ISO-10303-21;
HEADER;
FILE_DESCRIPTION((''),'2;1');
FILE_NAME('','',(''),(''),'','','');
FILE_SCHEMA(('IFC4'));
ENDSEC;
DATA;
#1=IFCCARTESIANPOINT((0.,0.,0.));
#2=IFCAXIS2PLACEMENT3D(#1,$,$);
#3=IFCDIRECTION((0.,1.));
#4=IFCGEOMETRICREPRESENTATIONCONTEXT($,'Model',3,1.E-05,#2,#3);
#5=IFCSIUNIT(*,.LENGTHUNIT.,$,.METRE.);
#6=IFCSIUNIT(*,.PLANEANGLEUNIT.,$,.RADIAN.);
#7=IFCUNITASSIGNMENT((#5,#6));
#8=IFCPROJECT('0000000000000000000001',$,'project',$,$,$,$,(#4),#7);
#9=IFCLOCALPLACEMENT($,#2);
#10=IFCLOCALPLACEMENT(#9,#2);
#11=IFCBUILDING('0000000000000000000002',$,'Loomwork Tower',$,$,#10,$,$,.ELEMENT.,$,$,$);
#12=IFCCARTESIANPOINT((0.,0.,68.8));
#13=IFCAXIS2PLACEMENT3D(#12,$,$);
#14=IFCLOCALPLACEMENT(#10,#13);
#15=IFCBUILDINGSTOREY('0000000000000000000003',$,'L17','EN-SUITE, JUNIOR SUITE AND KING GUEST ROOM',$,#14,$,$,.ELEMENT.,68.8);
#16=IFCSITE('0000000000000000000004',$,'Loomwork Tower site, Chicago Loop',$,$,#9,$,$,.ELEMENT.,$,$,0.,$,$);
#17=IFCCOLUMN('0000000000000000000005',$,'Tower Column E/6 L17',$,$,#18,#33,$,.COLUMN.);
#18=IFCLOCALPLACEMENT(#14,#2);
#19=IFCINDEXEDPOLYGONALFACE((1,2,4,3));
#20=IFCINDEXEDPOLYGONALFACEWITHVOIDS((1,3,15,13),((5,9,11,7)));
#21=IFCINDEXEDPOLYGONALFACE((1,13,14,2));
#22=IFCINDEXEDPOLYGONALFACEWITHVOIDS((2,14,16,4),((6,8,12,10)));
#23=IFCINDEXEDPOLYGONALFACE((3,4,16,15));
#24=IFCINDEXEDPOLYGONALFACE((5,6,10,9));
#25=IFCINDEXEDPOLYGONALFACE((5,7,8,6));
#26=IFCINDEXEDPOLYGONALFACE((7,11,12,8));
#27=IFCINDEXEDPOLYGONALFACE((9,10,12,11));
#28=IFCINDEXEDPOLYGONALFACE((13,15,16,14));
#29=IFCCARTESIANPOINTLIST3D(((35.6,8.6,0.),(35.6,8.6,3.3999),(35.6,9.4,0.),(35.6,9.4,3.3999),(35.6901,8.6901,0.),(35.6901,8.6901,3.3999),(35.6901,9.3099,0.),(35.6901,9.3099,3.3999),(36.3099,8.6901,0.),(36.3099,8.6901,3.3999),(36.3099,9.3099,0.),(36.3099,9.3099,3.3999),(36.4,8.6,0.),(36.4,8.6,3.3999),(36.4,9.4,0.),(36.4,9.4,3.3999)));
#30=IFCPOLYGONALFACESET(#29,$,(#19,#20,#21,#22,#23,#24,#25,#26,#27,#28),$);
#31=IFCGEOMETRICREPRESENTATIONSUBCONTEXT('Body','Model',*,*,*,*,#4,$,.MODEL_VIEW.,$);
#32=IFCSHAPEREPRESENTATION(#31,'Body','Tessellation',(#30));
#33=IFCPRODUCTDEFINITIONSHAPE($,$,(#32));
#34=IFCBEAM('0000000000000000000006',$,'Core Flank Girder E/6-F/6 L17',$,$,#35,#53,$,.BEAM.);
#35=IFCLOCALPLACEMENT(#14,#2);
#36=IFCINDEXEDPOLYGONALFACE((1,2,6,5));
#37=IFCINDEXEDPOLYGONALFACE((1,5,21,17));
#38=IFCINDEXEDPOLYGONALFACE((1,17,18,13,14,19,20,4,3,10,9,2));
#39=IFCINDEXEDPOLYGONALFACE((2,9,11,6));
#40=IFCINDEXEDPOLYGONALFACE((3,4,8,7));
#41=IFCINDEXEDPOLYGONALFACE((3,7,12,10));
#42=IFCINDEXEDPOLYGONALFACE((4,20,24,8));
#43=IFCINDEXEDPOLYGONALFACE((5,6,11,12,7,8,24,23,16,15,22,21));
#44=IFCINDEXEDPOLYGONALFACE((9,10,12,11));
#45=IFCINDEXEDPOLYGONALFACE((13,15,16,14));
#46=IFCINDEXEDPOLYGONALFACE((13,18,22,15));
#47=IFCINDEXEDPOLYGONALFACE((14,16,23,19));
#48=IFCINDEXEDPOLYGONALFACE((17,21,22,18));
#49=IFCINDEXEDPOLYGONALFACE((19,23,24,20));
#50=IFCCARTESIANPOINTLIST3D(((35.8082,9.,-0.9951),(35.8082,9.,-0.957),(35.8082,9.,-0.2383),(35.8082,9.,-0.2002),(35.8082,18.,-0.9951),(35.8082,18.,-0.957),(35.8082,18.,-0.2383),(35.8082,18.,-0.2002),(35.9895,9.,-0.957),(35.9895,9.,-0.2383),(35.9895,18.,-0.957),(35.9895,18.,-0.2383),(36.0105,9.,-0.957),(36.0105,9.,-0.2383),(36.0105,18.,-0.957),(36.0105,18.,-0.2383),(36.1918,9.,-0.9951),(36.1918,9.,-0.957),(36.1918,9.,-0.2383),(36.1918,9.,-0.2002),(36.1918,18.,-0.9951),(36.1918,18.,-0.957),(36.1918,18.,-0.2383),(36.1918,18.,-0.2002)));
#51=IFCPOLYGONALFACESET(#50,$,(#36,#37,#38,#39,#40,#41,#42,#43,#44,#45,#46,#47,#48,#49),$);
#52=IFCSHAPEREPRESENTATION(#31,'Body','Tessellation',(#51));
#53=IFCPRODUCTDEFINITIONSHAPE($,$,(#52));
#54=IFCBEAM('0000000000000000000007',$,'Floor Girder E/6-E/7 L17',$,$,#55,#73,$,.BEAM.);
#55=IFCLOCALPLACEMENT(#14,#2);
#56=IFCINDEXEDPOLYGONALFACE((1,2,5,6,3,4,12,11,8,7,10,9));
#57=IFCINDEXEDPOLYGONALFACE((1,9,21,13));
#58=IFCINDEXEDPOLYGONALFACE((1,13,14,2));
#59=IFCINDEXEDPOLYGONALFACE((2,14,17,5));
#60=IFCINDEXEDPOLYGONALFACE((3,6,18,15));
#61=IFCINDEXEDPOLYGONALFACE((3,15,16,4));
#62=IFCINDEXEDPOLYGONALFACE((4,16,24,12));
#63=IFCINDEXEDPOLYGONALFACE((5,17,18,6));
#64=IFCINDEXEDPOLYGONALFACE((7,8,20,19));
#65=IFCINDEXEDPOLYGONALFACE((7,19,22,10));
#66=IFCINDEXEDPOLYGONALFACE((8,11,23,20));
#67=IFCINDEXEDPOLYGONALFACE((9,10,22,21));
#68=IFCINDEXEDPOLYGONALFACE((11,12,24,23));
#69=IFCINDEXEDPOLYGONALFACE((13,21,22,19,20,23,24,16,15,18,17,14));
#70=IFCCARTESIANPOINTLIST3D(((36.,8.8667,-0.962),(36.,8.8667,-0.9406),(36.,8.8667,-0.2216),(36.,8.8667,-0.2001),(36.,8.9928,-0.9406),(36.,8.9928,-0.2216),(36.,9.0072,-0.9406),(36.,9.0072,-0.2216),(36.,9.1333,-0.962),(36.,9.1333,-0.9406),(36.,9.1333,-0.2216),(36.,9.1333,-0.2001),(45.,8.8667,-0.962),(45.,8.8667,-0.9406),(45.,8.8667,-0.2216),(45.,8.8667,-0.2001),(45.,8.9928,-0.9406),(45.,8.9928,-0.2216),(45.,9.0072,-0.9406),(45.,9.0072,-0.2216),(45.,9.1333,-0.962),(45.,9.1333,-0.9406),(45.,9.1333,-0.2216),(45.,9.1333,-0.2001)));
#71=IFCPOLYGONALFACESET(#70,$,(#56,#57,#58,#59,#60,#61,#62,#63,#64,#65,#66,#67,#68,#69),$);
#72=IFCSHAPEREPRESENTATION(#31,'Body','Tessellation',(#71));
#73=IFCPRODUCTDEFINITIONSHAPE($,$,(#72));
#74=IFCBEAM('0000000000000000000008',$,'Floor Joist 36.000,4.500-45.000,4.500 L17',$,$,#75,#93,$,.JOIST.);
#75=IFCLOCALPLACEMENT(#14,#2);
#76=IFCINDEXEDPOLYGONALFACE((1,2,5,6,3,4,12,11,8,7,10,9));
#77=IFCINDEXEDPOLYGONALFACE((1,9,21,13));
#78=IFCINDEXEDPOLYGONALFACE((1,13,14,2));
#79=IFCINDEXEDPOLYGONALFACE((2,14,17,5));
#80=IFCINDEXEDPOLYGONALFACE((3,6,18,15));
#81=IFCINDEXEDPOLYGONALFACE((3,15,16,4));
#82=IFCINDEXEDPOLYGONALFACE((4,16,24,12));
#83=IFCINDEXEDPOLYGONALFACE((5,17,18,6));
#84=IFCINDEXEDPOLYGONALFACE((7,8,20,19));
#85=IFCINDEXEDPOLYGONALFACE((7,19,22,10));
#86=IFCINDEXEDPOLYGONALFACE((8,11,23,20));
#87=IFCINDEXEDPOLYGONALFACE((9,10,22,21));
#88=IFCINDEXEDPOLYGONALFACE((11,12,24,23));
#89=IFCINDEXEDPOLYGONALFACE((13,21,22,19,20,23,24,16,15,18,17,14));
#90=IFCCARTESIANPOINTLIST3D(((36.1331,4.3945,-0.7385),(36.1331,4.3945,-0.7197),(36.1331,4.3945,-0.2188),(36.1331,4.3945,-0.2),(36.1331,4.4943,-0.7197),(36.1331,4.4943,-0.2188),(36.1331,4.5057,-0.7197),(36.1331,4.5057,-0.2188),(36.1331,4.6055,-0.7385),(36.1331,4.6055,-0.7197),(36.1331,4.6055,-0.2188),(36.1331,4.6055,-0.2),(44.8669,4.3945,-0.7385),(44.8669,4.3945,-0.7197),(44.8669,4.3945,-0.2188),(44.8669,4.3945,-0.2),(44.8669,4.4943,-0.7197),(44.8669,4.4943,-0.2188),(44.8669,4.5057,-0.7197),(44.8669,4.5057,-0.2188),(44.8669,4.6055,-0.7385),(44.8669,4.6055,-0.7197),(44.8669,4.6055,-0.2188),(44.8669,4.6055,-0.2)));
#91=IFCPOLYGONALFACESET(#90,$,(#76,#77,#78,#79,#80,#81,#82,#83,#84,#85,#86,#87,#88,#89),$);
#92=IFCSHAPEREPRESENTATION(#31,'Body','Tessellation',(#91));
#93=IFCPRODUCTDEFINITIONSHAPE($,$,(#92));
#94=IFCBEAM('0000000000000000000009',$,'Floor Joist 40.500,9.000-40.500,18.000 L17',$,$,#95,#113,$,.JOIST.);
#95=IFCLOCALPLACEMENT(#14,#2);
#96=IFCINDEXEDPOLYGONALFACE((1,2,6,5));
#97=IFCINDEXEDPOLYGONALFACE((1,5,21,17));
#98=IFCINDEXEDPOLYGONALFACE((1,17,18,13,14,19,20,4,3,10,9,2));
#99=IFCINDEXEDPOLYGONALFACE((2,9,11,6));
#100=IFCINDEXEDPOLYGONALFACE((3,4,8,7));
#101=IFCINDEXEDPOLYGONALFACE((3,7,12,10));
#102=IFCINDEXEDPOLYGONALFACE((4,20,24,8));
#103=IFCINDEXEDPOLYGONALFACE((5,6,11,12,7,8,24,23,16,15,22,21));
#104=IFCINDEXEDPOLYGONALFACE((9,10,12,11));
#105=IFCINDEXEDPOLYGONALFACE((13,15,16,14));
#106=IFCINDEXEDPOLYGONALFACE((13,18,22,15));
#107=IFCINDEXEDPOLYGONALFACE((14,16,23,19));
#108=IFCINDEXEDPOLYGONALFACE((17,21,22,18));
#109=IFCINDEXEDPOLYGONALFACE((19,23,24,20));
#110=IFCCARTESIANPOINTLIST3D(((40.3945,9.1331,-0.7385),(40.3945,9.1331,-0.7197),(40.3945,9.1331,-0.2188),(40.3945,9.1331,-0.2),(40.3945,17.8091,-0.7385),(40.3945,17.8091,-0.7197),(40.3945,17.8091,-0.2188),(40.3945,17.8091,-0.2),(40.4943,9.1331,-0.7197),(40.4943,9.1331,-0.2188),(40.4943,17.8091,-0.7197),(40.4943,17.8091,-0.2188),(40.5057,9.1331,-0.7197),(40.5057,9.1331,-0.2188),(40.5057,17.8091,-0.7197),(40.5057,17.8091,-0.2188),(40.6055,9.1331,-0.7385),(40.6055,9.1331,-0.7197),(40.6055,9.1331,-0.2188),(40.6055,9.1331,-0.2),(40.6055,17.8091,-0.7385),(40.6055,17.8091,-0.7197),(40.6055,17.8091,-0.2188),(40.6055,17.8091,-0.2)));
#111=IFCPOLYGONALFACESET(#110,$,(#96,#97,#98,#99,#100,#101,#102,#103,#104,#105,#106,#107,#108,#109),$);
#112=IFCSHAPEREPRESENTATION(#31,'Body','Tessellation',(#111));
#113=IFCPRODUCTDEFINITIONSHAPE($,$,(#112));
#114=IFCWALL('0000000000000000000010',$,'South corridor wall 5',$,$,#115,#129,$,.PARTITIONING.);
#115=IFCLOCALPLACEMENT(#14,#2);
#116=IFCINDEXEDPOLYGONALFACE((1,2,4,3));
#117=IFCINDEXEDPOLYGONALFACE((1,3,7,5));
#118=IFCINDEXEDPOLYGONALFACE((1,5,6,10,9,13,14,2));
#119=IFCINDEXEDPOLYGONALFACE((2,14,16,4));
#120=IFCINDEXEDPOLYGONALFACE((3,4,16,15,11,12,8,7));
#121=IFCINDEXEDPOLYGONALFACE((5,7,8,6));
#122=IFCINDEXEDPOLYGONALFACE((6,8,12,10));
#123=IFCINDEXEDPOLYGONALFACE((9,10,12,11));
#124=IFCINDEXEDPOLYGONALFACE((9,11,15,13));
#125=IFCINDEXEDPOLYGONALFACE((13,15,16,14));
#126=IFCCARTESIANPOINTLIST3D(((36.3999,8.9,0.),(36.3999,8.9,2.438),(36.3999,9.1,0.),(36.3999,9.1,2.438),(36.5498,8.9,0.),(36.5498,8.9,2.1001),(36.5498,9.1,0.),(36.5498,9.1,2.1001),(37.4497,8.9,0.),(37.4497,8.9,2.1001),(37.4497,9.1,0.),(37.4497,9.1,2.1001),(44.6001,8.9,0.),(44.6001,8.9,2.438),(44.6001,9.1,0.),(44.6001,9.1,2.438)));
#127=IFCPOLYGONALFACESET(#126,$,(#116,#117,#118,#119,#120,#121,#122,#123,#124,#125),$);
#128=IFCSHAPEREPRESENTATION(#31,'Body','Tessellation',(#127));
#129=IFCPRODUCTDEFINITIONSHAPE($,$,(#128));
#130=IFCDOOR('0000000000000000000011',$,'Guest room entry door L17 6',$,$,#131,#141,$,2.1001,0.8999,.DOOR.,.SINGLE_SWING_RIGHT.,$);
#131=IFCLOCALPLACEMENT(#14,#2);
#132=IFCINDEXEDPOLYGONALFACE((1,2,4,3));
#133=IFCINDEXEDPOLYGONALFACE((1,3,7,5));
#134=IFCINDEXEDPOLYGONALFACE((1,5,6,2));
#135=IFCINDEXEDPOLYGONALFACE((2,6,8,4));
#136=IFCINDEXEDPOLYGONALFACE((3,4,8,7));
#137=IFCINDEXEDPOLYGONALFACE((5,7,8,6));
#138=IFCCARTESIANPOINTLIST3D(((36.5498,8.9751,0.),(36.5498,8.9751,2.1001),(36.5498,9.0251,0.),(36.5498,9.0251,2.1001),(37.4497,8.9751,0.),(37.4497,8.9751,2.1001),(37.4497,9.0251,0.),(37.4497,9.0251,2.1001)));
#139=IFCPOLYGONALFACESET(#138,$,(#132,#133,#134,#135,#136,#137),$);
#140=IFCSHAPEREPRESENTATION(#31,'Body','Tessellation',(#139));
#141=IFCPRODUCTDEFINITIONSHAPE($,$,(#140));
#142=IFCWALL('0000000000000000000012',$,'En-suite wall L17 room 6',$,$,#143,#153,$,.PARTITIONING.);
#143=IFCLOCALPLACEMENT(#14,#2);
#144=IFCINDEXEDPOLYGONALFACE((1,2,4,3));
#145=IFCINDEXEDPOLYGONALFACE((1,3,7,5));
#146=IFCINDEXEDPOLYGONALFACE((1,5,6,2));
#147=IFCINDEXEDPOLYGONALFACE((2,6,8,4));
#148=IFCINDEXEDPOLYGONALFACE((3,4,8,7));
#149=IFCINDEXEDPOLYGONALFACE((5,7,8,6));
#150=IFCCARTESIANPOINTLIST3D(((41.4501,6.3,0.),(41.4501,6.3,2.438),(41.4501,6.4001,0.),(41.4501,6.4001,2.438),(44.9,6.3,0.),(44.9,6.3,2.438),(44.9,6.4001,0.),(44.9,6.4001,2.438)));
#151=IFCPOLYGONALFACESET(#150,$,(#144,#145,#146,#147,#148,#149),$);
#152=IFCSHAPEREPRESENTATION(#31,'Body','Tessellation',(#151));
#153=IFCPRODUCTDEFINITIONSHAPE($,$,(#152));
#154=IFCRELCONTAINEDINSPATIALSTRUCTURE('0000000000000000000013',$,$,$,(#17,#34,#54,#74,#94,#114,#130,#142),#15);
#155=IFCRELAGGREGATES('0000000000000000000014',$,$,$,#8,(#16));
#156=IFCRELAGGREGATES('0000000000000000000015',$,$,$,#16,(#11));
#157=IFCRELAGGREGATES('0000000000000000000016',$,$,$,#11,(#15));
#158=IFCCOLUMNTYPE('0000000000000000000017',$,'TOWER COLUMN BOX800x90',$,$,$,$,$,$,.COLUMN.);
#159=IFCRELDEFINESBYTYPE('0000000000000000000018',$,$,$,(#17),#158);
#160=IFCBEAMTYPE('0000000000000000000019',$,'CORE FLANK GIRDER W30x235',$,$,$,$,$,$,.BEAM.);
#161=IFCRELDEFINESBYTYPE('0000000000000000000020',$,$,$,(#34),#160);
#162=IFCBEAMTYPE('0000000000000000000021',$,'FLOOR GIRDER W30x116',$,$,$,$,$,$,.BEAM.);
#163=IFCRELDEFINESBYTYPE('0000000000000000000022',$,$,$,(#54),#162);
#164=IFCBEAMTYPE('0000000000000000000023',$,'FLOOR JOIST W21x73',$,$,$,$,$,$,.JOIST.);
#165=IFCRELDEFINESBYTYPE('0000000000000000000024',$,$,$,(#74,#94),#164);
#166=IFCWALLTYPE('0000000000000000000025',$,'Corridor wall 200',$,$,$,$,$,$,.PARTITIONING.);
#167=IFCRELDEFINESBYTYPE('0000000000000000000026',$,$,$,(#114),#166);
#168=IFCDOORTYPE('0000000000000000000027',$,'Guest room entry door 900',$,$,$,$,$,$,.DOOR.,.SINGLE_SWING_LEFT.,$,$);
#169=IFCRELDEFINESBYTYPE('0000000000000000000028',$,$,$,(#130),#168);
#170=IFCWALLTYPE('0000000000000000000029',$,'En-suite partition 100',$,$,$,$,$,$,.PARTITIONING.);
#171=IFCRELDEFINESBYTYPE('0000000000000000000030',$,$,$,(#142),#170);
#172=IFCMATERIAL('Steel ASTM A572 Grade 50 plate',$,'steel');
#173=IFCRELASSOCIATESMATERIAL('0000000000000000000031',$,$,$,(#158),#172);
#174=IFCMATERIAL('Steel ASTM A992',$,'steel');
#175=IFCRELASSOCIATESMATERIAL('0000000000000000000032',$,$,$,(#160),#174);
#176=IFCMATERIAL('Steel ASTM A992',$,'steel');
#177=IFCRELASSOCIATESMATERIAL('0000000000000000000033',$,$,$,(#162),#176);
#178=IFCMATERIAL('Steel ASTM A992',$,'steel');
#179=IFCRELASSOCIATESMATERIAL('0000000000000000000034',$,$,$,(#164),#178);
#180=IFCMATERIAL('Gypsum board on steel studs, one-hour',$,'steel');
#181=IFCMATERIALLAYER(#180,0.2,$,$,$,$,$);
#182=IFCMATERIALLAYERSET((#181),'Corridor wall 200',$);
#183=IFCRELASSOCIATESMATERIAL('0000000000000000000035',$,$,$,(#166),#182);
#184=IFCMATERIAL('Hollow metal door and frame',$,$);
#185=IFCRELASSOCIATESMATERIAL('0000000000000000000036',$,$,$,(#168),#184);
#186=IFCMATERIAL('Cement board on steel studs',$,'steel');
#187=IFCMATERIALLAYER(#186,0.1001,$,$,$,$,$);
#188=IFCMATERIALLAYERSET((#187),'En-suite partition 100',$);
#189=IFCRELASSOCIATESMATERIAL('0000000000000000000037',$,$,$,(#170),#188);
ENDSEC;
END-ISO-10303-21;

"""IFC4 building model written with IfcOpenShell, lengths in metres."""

from ifc_helpers import new_model, si_unit, direction, frame, frame_2d, origin, origin_2d, place, context, subcontext, project, spatial, rectangle, hollow_rectangle, i_section, extrude, material, layer, layer_set, material_profile, profile_set, type_object, element, fill, save


model = new_model("IFC4")

# Units and contexts
model_context = context("Model", 3, precision=1e-05, world=origin(), true_north=direction((0.0, 1.0)))
body_context = subcontext(model_context, "Body", "Model", "MODEL_VIEW")
ifc_project = project(units=[si_unit("LENGTHUNIT", "METRE"), si_unit("PLANEANGLEUNIT", "RADIAN")], contexts=[model_context])

# Site, building, storey
site_placement = place(None, origin())
site = spatial("IfcSite", under=ifc_project, at=site_placement, Name="Loomwork Tower site, Chicago Loop", CompositionType="ELEMENT", RefElevation=0.0)
building_placement = place(site_placement, origin())
building = spatial("IfcBuilding", under=site, at=building_placement, Name="Loomwork Tower", CompositionType="ELEMENT")
storey_placement = place(building_placement, frame((0.0, 0.0, 68.8)))
storey = spatial("IfcBuildingStorey", under=building, at=storey_placement, Name="L17", Description="EN-SUITE, JUNIOR SUITE AND KING GUEST ROOM", CompositionType="ELEMENT", Elevation=68.8)

# Column
ifc_material_1 = material(Name="Steel ASTM A572 Grade 50 plate", Category="steel")
ifc_material_profile_1 = material_profile(ifc_material_1, hollow_rectangle(XDim=0.8, YDim=0.8, WallThickness=0.0901, at=origin_2d()), Name="BOX800x90")
ifc_profile_set_1 = profile_set([ifc_material_profile_1], Name="Steel ASTM A572 Grade 50 plate")
column_type = type_object("IfcColumnType", Name="TOWER COLUMN BOX800x90", PredefinedType="COLUMN", material=ifc_profile_set_1)
column_placement = place(storey_placement, frame((36.0, 9.0, 0.0), z_axis=(0.0, 0.0, 1.0), x_axis=(0.0, 1.0, 0.0)))
element("IfcColumn", 1, at=column_placement, inside=storey, type_object=column_type, Name="Tower Column E/6 L17", PredefinedType="COLUMN", context=body_context, shape_type="SweptSolid", body=[
    extrude(hollow_rectangle(XDim=0.8, YDim=0.8, WallThickness=0.0901, at=origin_2d()), origin(), (0.0, 0.0, 1.0), 3.3999),
])

# Beams
ifc_material_2 = material(Name="Steel ASTM A992", Category="steel")
ifc_material_profile_2 = material_profile(ifc_material_2, i_section(OverallWidth=0.3835, OverallDepth=0.7949, WebThickness=0.021, FlangeThickness=0.0381, at=origin_2d()), Name="W30x235")
ifc_profile_set_2 = profile_set([ifc_material_profile_2], Name="Steel ASTM A992")
beam_type_1 = type_object("IfcBeamType", Name="CORE FLANK GIRDER W30x235", PredefinedType="BEAM", material=ifc_profile_set_2)
beam_1_placement = place(storey_placement, frame((36.0, 9.0, -0.5977), z_axis=(0.0, 1.0, 0.0), x_axis=(-1.0, 0.0, 0.0)))
element("IfcBeam", 2, at=beam_1_placement, inside=storey, type_object=beam_type_1, Name="Core Flank Girder E/6-F/6 L17", PredefinedType="BEAM", context=body_context, shape_type="SweptSolid", body=[
    extrude(i_section(OverallWidth=0.3835, OverallDepth=0.7949, WebThickness=0.021, FlangeThickness=0.0381, at=origin_2d()), origin(), (0.0, 0.0, 1.0), 9.0),
])
ifc_material_3 = material(Name="Steel ASTM A992", Category="steel")
ifc_material_profile_3 = material_profile(ifc_material_3, i_section(OverallWidth=0.2666, OverallDepth=0.762, WebThickness=0.0144, FlangeThickness=0.0215, at=origin_2d()), Name="W30x116")
ifc_profile_set_3 = profile_set([ifc_material_profile_3], Name="Steel ASTM A992")
beam_type_2 = type_object("IfcBeamType", Name="FLOOR GIRDER W30x116", PredefinedType="BEAM", material=ifc_profile_set_3)
beam_2_placement = place(storey_placement, frame((36.0, 9.0, -0.5811), z_axis=(1.0, 0.0, 0.0), x_axis=(0.0, 1.0, 0.0)))
element("IfcBeam", 3, at=beam_2_placement, inside=storey, type_object=beam_type_2, Name="Floor Girder E/6-E/7 L17", PredefinedType="BEAM", context=body_context, shape_type="SweptSolid", body=[
    extrude(i_section(OverallWidth=0.2666, OverallDepth=0.762, WebThickness=0.0144, FlangeThickness=0.0215, at=origin_2d()), origin(), (0.0, 0.0, 1.0), 9.0),
])
ifc_material_4 = material(Name="Steel ASTM A992", Category="steel")
ifc_material_profile_4 = material_profile(ifc_material_4, i_section(OverallWidth=0.2109, OverallDepth=0.5386, WebThickness=0.0115, FlangeThickness=0.0188, at=origin_2d()), Name="W21x73")
ifc_profile_set_4 = profile_set([ifc_material_profile_4], Name="Steel ASTM A992")
beam_type_3 = type_object("IfcBeamType", Name="FLOOR JOIST W21x73", PredefinedType="JOIST", material=ifc_profile_set_4)
beam_3_placement = place(storey_placement, frame((36.1331, 4.5, -0.4692), z_axis=(1.0, 0.0, 0.0), x_axis=(0.0, 1.0, 0.0)))
element("IfcBeam", 4, at=beam_3_placement, inside=storey, type_object=beam_type_3, Name="Floor Joist 36.000,4.500-45.000,4.500 L17", PredefinedType="JOIST", context=body_context, shape_type="SweptSolid", body=[
    extrude(i_section(OverallWidth=0.2109, OverallDepth=0.5386, WebThickness=0.0115, FlangeThickness=0.0188, at=origin_2d()), origin(), (0.0, 0.0, 1.0), 8.7339),
])
beam_4_placement = place(storey_placement, frame((40.5, 9.1331, -0.4692), z_axis=(0.0, 1.0, 0.0), x_axis=(-1.0, 0.0, 0.0)))
element("IfcBeam", 5, at=beam_4_placement, inside=storey, type_object=beam_type_3, Name="Floor Joist 40.500,9.000-40.500,18.000 L17", PredefinedType="JOIST", context=body_context, shape_type="SweptSolid", body=[
    extrude(i_section(OverallWidth=0.2109, OverallDepth=0.5386, WebThickness=0.0115, FlangeThickness=0.0188, at=origin_2d()), origin(), (0.0, 0.0, 1.0), 8.676),
])

# Wall, opening, door
ifc_material_5 = material(Name="Gypsum board on steel studs, one-hour", Category="steel")
ifc_layer_1 = layer(ifc_material_5, 0.2)
ifc_layer_set_1 = layer_set([ifc_layer_1], Name="Corridor wall 200")
wall_type_1 = type_object("IfcWallType", Name="Corridor wall 200", PredefinedType="PARTITIONING", material=ifc_layer_set_1)
wall_1_placement = place(storey_placement, frame((36.3999, 9.0, 0.0), z_axis=(0.0, 0.0, 1.0), x_axis=(1.0, 0.0, 0.0)))
wall_1 = element("IfcWall", 6, at=wall_1_placement, inside=storey, type_object=wall_type_1, Name="South corridor wall 5", PredefinedType="PARTITIONING", context=body_context, shape_type="SweptSolid", body=[
    extrude(rectangle(XDim=8.2002, YDim=0.2, at=frame_2d((4.1001, 0.0))), origin(), (0.0, 0.0, 1.0), 2.438),
])
opening_1_placement = place(wall_1_placement, frame((0.1499, 0.0, 0.0)))
opening_1 = element("IfcOpeningElement", 7, at=opening_1_placement, cuts=wall_1, PredefinedType="OPENING", context=body_context, shape_type="SweptSolid", body=[
    extrude(rectangle(XDim=0.8999, YDim=2.1001, at=frame_2d((0.45, 1.05))), frame((0.0, 0.1099, 0.0), z_axis=(0.0, -1.0, 0.0), x_axis=(1.0, 0.0, 0.0)), (0.0, 0.0, 1.0), 0.22),
])
ifc_material_6 = material(Name="Hollow metal door and frame")
door_type_1 = type_object("IfcDoorType", Name="Guest room entry door 900", OperationType="SINGLE_SWING_LEFT", PredefinedType="DOOR", material=ifc_material_6)
door_1_placement = place(opening_1_placement, frame((0.8999, 0.0, 0.0), z_axis=(0.0, 0.0, 1.0), x_axis=(-1.0, 0.0, 0.0)))
door_1 = element("IfcDoor", 8, at=door_1_placement, inside=storey, type_object=door_type_1, Name="Guest room entry door L17 6", OperationType="SINGLE_SWING_RIGHT", OverallHeight=2.1001, OverallWidth=0.8999, PredefinedType="DOOR", context=body_context, shape_type="SweptSolid", body=[
    extrude(rectangle(XDim=0.8999, YDim=2.1001, at=frame_2d((0.45, 1.05))), frame((0.0, 0.0249, 0.0), z_axis=(0.0, -1.0, 0.0), x_axis=(1.0, 0.0, 0.0)), (0.0, 0.0, 1.0), 0.05),
])
fill(opening_1, door_1)

# Wall
ifc_material_7 = material(Name="Cement board on steel studs", Category="steel")
ifc_layer_2 = layer(ifc_material_7, 0.1001)
ifc_layer_set_2 = layer_set([ifc_layer_2], Name="En-suite partition 100")
wall_type_2 = type_object("IfcWallType", Name="En-suite partition 100", PredefinedType="PARTITIONING", material=ifc_layer_set_2)
wall_2_placement = place(storey_placement, frame((41.45, 6.3501, 0.0), z_axis=(0.0, 0.0, 1.0), x_axis=(1.0, 0.0, 0.0)))
element("IfcWall", 9, at=wall_2_placement, inside=storey, type_object=wall_type_2, Name="En-suite wall L17 room 6", PredefinedType="PARTITIONING", context=body_context, shape_type="SweptSolid", body=[
    extrude(rectangle(XDim=3.45, YDim=0.1001, at=frame_2d((1.7251, 0.0))), origin(), (0.0, 0.0, 1.0), 2.438),
])

save(model, "model.ifc")
